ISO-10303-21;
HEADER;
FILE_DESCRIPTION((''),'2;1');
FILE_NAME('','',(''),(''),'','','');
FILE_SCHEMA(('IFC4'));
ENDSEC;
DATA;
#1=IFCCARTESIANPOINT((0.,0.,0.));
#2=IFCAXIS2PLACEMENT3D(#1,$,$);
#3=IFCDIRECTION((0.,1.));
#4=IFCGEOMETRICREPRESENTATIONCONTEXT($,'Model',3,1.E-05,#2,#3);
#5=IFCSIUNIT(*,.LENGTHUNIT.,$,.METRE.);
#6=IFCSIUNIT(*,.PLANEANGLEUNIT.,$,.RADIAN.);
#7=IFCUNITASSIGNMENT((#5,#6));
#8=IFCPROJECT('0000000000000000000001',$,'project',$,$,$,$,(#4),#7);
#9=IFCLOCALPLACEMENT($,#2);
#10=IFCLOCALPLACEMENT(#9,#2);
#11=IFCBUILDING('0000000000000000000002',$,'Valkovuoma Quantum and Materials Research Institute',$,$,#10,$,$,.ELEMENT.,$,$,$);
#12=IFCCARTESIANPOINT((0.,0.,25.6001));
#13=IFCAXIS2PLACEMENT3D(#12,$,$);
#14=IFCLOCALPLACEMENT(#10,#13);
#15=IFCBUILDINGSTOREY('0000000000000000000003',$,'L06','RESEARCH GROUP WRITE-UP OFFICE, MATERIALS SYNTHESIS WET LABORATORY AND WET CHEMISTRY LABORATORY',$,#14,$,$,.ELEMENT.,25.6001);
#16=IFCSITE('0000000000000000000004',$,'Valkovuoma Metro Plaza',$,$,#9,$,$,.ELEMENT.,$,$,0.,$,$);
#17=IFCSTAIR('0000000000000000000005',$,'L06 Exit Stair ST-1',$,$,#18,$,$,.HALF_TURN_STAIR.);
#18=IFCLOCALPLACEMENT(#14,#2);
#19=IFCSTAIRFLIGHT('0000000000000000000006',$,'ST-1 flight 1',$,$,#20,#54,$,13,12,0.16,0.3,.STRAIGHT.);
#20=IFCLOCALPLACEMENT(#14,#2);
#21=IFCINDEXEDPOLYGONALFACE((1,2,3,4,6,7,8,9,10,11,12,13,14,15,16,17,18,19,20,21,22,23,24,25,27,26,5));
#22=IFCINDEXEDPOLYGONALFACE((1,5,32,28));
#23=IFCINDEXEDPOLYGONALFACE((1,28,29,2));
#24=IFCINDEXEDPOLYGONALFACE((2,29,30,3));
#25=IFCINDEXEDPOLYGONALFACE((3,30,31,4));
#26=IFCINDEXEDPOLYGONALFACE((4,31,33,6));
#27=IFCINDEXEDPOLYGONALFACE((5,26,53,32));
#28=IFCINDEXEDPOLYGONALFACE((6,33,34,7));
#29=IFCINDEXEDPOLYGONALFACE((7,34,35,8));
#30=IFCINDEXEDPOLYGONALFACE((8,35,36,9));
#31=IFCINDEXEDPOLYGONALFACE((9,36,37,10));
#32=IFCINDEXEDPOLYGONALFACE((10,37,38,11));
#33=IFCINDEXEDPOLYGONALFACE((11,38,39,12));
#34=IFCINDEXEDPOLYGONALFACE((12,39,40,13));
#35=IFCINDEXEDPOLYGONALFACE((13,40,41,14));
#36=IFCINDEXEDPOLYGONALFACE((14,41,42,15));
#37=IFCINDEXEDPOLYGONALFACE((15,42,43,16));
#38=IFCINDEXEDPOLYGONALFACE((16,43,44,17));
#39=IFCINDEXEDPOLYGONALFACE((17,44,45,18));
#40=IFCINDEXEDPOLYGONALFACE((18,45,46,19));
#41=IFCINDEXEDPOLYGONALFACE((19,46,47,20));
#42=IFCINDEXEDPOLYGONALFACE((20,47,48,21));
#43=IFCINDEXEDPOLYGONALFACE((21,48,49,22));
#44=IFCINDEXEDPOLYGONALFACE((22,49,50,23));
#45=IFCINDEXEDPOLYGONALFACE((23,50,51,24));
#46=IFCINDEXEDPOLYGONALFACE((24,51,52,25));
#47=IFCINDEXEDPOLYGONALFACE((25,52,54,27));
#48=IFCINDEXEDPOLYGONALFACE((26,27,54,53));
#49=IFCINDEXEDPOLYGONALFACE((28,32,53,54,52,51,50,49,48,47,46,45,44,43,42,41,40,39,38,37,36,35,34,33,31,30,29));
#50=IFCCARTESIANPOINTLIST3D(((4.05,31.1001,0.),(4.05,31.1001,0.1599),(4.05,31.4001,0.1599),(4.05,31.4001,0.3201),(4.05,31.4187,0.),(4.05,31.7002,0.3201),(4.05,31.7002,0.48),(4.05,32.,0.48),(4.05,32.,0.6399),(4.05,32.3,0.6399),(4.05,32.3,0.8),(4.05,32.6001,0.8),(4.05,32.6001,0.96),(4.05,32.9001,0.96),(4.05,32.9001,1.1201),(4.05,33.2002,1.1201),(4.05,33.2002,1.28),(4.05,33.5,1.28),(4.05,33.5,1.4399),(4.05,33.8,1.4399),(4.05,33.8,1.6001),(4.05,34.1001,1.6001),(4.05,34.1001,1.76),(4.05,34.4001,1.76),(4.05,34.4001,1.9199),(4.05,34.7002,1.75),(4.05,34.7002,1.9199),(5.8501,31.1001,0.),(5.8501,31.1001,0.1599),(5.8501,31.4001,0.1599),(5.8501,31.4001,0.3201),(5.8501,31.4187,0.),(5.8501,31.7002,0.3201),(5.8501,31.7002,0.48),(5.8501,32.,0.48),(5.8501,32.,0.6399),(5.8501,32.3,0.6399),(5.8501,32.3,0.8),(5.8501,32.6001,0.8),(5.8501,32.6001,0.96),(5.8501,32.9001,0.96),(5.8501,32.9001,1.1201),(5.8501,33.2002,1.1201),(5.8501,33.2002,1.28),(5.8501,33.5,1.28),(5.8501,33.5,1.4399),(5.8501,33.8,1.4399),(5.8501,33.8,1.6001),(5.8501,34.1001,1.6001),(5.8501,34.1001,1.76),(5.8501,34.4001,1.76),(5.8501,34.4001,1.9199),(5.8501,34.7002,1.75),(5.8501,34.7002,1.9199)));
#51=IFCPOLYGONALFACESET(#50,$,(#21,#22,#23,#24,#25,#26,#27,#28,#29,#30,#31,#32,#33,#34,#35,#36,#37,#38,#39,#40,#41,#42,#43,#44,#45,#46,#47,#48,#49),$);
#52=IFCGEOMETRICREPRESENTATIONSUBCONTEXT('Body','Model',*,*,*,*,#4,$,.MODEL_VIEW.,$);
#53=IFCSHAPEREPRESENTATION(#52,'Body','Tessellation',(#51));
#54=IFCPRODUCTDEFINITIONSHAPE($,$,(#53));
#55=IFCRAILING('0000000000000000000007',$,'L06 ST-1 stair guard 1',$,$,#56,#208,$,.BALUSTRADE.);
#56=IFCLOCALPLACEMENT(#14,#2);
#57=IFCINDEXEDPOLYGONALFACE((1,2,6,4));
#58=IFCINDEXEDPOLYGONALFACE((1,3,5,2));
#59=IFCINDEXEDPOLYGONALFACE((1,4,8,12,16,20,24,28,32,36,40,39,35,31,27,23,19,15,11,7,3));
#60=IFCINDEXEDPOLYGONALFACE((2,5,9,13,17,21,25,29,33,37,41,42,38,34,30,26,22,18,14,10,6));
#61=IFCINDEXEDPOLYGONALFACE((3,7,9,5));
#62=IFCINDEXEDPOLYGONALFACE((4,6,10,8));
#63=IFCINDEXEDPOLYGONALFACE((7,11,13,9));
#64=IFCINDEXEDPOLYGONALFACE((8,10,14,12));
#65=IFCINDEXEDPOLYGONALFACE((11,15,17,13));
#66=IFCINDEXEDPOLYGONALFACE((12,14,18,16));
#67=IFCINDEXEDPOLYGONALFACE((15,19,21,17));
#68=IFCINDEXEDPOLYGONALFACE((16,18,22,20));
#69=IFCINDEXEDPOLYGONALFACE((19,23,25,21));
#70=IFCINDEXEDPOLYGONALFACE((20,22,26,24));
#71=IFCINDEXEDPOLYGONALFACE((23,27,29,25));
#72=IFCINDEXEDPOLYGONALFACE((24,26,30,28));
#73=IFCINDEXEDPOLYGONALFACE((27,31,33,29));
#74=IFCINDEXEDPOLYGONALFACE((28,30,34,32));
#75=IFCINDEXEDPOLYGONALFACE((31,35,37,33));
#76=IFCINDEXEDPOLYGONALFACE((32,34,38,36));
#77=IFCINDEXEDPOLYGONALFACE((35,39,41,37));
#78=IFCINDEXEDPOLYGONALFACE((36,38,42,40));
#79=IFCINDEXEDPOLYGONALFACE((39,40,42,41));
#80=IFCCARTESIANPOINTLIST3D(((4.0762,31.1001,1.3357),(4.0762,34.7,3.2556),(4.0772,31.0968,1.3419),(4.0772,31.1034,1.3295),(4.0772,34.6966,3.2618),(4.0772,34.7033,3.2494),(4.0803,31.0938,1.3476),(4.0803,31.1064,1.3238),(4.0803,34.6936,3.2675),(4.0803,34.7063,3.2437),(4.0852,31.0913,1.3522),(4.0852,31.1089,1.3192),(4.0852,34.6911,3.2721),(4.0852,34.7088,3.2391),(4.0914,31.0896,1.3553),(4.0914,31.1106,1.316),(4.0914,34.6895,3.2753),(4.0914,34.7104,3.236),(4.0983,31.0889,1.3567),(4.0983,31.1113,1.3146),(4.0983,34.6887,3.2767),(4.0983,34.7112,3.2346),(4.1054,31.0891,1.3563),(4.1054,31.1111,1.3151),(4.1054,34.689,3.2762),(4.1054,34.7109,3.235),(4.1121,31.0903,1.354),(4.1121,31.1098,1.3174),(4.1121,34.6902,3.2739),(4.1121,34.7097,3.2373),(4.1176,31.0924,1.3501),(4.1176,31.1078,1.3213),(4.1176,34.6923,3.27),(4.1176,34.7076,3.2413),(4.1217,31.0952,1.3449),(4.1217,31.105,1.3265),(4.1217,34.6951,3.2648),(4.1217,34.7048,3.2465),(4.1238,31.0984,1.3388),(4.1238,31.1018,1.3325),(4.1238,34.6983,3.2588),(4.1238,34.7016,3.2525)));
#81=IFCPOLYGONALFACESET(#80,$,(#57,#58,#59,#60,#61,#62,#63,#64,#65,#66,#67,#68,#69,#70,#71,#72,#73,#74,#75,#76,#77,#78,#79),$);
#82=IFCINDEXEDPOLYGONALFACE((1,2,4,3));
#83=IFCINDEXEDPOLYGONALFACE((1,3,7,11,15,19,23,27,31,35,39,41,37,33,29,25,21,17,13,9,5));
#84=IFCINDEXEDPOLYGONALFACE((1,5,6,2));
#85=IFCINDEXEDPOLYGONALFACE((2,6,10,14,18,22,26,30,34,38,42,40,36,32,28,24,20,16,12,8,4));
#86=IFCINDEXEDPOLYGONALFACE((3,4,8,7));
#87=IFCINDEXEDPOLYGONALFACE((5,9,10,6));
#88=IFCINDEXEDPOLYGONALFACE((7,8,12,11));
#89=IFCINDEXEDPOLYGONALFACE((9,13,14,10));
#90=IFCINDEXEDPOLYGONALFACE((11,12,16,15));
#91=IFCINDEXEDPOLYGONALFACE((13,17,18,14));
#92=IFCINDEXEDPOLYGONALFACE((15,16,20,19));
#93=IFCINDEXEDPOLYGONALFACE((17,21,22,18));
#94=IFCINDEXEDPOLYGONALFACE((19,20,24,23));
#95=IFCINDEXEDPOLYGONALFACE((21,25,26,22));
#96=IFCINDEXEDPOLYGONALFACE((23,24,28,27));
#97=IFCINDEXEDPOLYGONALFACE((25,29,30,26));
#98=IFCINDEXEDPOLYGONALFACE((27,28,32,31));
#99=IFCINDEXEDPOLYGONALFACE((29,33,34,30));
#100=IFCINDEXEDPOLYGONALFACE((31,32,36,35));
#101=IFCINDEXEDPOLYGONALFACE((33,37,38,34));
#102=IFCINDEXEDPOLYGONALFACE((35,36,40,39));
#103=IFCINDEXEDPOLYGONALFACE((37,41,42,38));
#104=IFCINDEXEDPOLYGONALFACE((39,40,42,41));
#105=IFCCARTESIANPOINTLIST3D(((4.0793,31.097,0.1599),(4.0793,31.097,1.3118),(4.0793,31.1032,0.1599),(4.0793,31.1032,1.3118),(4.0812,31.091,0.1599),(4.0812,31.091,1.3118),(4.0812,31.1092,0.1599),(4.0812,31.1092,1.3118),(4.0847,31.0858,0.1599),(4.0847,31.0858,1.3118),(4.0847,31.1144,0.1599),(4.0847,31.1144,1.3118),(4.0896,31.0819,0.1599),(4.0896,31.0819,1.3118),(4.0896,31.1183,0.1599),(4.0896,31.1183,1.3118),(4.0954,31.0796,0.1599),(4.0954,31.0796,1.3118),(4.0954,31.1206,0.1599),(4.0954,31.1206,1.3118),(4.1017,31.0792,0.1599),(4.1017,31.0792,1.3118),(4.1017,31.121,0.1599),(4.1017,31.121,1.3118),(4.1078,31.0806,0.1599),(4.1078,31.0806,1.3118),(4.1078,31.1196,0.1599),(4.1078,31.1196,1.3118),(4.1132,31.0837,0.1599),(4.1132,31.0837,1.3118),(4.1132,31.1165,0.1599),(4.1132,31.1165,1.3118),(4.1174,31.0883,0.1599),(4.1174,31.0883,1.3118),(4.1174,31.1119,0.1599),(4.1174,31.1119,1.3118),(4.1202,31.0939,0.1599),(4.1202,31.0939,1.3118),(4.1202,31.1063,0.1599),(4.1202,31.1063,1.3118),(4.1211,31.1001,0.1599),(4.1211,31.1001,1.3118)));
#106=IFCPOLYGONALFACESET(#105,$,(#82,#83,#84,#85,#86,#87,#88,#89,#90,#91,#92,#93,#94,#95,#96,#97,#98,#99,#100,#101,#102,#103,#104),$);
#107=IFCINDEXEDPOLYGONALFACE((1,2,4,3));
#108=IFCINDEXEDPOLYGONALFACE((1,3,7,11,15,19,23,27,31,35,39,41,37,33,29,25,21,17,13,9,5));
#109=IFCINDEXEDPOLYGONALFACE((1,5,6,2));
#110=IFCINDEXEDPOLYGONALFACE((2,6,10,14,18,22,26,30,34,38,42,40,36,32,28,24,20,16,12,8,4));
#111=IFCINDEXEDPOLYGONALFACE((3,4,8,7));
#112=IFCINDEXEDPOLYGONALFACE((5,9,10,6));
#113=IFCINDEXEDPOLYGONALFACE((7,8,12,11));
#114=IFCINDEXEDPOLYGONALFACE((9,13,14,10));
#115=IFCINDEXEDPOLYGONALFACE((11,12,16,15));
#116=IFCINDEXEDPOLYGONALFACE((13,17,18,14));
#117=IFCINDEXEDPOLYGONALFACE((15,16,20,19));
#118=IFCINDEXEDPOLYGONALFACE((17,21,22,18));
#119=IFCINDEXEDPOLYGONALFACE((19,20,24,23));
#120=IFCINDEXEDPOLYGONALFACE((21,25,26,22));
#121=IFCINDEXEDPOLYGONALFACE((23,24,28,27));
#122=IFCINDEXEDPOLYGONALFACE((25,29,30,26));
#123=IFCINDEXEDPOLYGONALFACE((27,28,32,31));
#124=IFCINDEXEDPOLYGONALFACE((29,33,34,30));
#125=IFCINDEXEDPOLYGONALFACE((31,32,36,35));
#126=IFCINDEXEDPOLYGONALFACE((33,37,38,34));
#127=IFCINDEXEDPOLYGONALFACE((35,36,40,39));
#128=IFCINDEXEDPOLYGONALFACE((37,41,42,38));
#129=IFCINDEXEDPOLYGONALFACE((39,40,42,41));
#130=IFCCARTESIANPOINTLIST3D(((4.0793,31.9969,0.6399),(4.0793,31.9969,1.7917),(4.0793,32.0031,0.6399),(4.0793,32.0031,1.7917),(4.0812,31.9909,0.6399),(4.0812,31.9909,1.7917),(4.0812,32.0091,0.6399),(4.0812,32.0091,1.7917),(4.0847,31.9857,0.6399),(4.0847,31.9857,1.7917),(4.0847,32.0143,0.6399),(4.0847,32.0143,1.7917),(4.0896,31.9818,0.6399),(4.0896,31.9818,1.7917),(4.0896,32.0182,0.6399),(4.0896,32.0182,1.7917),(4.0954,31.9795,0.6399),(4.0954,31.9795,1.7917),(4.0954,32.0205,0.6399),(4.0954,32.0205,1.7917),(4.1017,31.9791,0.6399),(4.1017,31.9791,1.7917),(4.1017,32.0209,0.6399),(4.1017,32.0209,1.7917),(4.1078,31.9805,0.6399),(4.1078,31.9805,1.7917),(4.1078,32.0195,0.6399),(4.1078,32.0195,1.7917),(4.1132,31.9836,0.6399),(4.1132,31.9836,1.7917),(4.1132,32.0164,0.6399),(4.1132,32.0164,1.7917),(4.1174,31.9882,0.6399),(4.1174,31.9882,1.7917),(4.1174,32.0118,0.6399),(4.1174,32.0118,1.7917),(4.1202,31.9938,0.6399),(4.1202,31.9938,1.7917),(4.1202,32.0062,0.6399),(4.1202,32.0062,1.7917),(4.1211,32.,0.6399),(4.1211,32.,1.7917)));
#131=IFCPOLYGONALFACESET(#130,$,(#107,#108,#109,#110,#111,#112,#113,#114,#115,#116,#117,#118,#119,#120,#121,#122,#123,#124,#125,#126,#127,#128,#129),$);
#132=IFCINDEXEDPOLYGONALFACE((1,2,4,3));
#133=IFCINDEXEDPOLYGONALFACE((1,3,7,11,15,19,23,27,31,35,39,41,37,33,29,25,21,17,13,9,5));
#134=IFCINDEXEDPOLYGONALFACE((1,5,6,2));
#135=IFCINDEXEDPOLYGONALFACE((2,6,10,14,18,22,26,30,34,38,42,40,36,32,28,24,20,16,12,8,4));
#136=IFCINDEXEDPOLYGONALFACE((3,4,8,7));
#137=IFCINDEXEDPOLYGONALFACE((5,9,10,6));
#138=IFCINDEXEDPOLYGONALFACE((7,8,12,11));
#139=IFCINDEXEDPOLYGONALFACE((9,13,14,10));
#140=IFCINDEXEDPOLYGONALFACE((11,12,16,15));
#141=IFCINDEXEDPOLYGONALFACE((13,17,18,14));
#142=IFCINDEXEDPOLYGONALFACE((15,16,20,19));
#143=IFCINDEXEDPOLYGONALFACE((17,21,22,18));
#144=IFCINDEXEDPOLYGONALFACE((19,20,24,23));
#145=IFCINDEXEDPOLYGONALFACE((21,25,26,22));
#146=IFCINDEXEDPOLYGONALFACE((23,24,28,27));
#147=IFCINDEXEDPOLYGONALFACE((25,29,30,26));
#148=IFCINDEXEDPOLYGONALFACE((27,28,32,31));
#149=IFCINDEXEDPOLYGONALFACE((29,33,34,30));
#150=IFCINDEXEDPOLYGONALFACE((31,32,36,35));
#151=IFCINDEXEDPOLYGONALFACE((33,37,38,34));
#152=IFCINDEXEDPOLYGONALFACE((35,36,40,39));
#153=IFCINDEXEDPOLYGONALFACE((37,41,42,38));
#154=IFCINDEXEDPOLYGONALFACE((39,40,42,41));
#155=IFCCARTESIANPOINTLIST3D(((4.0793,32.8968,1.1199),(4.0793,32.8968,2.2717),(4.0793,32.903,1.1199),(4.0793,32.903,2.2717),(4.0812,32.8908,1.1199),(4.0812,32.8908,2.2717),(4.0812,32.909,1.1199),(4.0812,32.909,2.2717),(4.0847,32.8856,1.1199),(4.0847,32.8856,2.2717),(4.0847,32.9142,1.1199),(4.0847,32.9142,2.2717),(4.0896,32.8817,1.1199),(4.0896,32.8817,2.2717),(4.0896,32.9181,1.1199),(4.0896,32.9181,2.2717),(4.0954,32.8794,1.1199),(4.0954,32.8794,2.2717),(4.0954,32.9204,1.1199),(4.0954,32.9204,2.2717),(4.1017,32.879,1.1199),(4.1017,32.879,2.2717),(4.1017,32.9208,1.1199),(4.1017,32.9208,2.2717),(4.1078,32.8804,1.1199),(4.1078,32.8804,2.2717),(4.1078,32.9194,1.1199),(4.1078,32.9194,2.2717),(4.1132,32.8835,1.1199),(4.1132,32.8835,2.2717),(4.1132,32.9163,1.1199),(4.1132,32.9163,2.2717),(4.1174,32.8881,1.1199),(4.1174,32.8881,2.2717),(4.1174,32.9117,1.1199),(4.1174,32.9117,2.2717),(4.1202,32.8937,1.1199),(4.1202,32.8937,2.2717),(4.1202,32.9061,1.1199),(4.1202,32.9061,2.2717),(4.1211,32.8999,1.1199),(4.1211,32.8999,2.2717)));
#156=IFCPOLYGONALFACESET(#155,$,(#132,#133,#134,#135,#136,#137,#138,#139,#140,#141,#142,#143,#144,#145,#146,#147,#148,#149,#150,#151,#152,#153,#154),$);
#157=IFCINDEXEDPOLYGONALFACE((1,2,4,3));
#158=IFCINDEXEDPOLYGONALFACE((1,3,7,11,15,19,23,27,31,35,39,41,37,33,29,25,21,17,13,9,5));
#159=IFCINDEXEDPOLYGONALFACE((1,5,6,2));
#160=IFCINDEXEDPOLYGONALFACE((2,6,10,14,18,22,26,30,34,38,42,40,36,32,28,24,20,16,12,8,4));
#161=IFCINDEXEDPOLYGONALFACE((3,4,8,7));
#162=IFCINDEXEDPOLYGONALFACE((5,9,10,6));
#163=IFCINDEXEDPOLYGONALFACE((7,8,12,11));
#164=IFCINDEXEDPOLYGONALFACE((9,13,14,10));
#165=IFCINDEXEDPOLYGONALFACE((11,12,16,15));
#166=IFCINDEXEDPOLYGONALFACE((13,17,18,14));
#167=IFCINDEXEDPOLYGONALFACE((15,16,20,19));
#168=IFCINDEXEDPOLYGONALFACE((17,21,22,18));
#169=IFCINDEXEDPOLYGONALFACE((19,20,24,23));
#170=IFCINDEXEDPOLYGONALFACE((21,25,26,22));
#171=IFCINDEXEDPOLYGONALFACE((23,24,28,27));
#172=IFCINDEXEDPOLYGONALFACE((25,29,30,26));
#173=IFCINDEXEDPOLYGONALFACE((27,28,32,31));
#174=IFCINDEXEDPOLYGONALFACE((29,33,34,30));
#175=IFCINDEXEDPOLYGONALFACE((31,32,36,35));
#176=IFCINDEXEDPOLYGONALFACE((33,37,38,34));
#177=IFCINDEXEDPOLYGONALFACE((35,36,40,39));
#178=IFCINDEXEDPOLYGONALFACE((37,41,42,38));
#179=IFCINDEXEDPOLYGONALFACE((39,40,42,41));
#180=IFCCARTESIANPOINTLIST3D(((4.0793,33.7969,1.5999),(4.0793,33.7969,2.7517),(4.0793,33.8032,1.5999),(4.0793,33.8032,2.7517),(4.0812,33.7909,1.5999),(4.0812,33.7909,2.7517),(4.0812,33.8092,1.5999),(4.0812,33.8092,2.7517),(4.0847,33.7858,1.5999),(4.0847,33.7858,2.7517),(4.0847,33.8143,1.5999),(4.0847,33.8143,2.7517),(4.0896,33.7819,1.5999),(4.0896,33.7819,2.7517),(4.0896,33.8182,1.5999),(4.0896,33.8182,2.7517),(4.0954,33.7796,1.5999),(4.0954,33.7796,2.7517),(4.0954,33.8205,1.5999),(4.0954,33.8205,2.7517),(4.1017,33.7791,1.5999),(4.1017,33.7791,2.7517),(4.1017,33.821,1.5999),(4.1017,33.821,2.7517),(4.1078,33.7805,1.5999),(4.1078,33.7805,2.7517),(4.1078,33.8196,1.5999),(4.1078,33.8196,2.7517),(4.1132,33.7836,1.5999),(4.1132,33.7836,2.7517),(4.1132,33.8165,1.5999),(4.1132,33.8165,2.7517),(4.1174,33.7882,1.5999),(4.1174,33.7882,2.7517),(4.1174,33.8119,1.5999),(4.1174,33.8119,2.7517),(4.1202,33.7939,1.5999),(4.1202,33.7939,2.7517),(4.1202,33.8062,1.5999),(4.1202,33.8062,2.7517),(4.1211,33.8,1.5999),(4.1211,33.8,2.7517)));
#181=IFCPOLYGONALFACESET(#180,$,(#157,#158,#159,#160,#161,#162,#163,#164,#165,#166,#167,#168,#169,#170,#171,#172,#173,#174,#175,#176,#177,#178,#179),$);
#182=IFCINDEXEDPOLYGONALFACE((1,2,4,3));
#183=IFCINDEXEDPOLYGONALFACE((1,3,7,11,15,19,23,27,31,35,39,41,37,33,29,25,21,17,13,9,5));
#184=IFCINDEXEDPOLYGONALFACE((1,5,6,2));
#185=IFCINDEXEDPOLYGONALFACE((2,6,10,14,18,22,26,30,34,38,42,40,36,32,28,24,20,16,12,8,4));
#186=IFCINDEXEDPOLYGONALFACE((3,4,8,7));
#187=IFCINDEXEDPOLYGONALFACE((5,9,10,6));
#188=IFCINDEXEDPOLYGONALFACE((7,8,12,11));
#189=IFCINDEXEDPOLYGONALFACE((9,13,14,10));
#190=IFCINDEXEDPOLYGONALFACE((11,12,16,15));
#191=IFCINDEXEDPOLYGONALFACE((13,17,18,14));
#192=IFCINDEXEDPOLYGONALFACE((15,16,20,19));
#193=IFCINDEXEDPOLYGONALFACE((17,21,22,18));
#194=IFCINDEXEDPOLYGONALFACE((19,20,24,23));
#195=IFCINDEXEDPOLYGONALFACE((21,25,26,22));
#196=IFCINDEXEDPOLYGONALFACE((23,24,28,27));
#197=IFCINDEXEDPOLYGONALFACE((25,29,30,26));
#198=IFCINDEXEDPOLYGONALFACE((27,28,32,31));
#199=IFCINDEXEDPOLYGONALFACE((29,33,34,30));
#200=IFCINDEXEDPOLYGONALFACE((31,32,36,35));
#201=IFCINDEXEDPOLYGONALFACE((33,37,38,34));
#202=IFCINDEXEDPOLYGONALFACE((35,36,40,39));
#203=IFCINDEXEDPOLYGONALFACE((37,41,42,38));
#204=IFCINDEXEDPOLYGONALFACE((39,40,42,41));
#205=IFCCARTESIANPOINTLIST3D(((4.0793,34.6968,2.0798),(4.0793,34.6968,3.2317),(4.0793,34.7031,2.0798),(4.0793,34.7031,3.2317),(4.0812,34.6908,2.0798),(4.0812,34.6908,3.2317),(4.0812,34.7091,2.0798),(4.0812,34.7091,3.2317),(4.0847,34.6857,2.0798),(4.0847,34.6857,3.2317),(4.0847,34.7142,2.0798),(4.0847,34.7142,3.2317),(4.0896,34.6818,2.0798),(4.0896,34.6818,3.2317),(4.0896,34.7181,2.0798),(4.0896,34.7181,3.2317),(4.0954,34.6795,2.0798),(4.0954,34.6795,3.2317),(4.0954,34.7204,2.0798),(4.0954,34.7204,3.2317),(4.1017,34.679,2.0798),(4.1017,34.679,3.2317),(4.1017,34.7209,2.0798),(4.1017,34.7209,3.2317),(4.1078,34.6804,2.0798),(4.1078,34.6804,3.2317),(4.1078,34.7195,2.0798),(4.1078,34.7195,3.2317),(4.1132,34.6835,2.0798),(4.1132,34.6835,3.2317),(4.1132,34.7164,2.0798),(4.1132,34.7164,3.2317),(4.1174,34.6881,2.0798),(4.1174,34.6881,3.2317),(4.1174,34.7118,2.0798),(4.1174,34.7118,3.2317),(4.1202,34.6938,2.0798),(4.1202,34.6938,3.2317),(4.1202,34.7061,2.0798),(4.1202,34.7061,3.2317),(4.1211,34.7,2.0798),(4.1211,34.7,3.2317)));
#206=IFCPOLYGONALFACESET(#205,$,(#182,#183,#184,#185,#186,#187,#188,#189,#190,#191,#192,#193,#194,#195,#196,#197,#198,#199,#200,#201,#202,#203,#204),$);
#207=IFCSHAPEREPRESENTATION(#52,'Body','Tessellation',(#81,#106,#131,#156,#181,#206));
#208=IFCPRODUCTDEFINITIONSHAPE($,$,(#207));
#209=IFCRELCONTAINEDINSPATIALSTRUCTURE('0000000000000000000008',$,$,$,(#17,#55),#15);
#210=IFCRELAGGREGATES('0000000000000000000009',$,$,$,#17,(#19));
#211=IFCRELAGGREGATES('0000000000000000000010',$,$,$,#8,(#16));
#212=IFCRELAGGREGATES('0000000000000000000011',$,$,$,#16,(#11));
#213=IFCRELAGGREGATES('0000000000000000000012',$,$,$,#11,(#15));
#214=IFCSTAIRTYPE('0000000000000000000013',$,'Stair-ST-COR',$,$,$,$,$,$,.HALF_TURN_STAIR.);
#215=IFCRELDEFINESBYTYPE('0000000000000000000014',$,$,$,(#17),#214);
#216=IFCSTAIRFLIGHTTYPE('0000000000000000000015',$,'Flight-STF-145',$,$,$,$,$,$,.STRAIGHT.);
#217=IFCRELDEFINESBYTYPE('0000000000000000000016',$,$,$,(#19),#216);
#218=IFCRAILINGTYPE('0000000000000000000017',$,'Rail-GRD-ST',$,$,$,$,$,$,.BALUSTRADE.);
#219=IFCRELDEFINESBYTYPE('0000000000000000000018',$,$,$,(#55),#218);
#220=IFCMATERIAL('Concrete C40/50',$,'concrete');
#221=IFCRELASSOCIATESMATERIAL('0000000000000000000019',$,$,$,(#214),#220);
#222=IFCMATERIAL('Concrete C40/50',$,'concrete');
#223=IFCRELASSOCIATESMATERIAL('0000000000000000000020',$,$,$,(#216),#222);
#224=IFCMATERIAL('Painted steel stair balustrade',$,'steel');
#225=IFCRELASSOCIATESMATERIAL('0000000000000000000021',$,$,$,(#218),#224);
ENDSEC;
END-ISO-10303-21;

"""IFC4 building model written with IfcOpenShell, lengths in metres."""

from ifc_helpers import new_model, si_unit, direction, frame, origin, origin_2d, place, context, subcontext, project, spatial, polyline, circle, outline, extrude, material, type_object, element, aggregate, save


model = new_model("IFC4")

# Units and contexts
model_context = context("Model", 3, precision=1e-05, world=origin(), true_north=direction((0.0, 1.0)))
body_context = subcontext(model_context, "Body", "Model", "MODEL_VIEW")
ifc_project = project(units=[si_unit("LENGTHUNIT", "METRE"), si_unit("PLANEANGLEUNIT", "RADIAN")], contexts=[model_context])

# Site, building, storey
site_placement = place(None, origin())
site = spatial("IfcSite", under=ifc_project, at=site_placement, Name="Valkovuoma Metro Plaza", CompositionType="ELEMENT", RefElevation=0.0)
building_placement = place(site_placement, origin())
building = spatial("IfcBuilding", under=site, at=building_placement, Name="Valkovuoma Quantum and Materials Research Institute", CompositionType="ELEMENT")
storey_placement = place(building_placement, frame((0.0, 0.0, 25.6001)))
storey = spatial("IfcBuildingStorey", under=building, at=storey_placement, Name="L06", Description="RESEARCH GROUP WRITE-UP OFFICE, MATERIALS SYNTHESIS WET LABORATORY AND WET CHEMISTRY LABORATORY", CompositionType="ELEMENT", Elevation=25.6001)

# Stair, stair flight
ifc_material_1 = material(Name="Concrete C40/50", Category="concrete")
stair_type = type_object("IfcStairType", Name="Stair-ST-COR", PredefinedType="HALF_TURN_STAIR", material=ifc_material_1)
stair_placement = place(storey_placement, origin())
stair = element("IfcStair", 1, at=stair_placement, inside=storey, type_object=stair_type, Name="L06 Exit Stair ST-1", PredefinedType="HALF_TURN_STAIR")
ifc_material_2 = material(Name="Concrete C40/50", Category="concrete")
stair_flight_type = type_object("IfcStairFlightType", Name="Flight-STF-145", PredefinedType="STRAIGHT", material=ifc_material_2)
stair_flight_placement = place(storey_placement, frame((4.95, 31.1001, 0.0), z_axis=(0.0, 0.0, 1.0), x_axis=(0.0, 1.0, 0.0)))
stair_flight = element("IfcStairFlight", 2, at=stair_flight_placement, type_object=stair_flight_type, Name="ST-1 flight 1", NumberOfRisers=13, NumberOfTreads=12, PredefinedType="STRAIGHT", RiserHeight=0.16, TreadLength=0.3, context=body_context, shape_type="SweptSolid", body=[
    extrude(outline(polyline([(0.0, 0.0), (0.0, 0.1599), (0.3, 0.1599), (0.3, 0.3201), (0.6001, 0.3201), (0.6001, 0.48), (0.8999, 0.48), (0.8999, 0.6399), (1.2, 0.6399), (1.2, 0.8), (1.5, 0.8), (1.5, 0.96), (1.8, 0.96), (1.8, 1.1201), (2.1001, 1.1201), (2.1001, 1.28), (2.3999, 1.28), (2.3999, 1.4399), (2.7, 1.4399), (2.7, 1.6001), (3.0, 1.6001), (3.0, 1.76), (3.3, 1.76), (3.3, 1.9199), (3.6001, 1.9199), (3.6001, 2.0801), (3.6001, 1.75), (0.3186, 0.0), (0.0, 0.0)])), frame((0.0, 0.8999, 0.0), z_axis=(0.0, -1.0, 0.0), x_axis=(1.0, 0.0, 0.0)), (0.0, 0.0, 1.0), 1.8),
])
aggregate(stair, [stair_flight])

# Railing
ifc_material_3 = material(Name="Painted steel stair balustrade", Category="steel")
railing_type_1 = type_object("IfcRailingType", Name="Rail-GRD-ST", PredefinedType="BALUSTRADE", material=ifc_material_3)
railing_1_placement = place(storey_placement, frame((4.1001, 31.1001, 0.1599)))
element("IfcRailing", 3, at=railing_1_placement, inside=storey, type_object=railing_type_1, Name="L06 ST-1 stair guard 1", PredefinedType="BALUSTRADE", context=body_context, shape_type="SweptSolid", body=[
    extrude(circle(Radius=0.0239, at=origin_2d()), frame((0.0, 0.0, 1.1758), z_axis=(0.0, 0.882353, 0.470588), x_axis=(-1.0, 0.0, 0.0)), (0.0, 0.0, 1.0), 4.0798),
    extrude(circle(Radius=0.021, at=origin_2d()), origin(), (0.0, 0.0, 1.0), 1.1519),
    extrude(circle(Radius=0.021, at=origin_2d()), frame((0.0, 0.8999, 0.48)), (0.0, 0.0, 1.0), 1.1519),
    extrude(circle(Radius=0.021, at=origin_2d()), frame((0.0, 1.7998, 0.96)), (0.0, 0.0, 1.0), 1.1519),
    extrude(circle(Radius=0.021, at=origin_2d()), frame((0.0, 2.7, 1.4399)), (0.0, 0.0, 1.0), 1.1519),
    extrude(circle(Radius=0.021, at=origin_2d()), frame((0.0, 3.5999, 1.9199)), (0.0, 0.0, 1.0), 1.1519),
])

save(model, "model.ifc")
